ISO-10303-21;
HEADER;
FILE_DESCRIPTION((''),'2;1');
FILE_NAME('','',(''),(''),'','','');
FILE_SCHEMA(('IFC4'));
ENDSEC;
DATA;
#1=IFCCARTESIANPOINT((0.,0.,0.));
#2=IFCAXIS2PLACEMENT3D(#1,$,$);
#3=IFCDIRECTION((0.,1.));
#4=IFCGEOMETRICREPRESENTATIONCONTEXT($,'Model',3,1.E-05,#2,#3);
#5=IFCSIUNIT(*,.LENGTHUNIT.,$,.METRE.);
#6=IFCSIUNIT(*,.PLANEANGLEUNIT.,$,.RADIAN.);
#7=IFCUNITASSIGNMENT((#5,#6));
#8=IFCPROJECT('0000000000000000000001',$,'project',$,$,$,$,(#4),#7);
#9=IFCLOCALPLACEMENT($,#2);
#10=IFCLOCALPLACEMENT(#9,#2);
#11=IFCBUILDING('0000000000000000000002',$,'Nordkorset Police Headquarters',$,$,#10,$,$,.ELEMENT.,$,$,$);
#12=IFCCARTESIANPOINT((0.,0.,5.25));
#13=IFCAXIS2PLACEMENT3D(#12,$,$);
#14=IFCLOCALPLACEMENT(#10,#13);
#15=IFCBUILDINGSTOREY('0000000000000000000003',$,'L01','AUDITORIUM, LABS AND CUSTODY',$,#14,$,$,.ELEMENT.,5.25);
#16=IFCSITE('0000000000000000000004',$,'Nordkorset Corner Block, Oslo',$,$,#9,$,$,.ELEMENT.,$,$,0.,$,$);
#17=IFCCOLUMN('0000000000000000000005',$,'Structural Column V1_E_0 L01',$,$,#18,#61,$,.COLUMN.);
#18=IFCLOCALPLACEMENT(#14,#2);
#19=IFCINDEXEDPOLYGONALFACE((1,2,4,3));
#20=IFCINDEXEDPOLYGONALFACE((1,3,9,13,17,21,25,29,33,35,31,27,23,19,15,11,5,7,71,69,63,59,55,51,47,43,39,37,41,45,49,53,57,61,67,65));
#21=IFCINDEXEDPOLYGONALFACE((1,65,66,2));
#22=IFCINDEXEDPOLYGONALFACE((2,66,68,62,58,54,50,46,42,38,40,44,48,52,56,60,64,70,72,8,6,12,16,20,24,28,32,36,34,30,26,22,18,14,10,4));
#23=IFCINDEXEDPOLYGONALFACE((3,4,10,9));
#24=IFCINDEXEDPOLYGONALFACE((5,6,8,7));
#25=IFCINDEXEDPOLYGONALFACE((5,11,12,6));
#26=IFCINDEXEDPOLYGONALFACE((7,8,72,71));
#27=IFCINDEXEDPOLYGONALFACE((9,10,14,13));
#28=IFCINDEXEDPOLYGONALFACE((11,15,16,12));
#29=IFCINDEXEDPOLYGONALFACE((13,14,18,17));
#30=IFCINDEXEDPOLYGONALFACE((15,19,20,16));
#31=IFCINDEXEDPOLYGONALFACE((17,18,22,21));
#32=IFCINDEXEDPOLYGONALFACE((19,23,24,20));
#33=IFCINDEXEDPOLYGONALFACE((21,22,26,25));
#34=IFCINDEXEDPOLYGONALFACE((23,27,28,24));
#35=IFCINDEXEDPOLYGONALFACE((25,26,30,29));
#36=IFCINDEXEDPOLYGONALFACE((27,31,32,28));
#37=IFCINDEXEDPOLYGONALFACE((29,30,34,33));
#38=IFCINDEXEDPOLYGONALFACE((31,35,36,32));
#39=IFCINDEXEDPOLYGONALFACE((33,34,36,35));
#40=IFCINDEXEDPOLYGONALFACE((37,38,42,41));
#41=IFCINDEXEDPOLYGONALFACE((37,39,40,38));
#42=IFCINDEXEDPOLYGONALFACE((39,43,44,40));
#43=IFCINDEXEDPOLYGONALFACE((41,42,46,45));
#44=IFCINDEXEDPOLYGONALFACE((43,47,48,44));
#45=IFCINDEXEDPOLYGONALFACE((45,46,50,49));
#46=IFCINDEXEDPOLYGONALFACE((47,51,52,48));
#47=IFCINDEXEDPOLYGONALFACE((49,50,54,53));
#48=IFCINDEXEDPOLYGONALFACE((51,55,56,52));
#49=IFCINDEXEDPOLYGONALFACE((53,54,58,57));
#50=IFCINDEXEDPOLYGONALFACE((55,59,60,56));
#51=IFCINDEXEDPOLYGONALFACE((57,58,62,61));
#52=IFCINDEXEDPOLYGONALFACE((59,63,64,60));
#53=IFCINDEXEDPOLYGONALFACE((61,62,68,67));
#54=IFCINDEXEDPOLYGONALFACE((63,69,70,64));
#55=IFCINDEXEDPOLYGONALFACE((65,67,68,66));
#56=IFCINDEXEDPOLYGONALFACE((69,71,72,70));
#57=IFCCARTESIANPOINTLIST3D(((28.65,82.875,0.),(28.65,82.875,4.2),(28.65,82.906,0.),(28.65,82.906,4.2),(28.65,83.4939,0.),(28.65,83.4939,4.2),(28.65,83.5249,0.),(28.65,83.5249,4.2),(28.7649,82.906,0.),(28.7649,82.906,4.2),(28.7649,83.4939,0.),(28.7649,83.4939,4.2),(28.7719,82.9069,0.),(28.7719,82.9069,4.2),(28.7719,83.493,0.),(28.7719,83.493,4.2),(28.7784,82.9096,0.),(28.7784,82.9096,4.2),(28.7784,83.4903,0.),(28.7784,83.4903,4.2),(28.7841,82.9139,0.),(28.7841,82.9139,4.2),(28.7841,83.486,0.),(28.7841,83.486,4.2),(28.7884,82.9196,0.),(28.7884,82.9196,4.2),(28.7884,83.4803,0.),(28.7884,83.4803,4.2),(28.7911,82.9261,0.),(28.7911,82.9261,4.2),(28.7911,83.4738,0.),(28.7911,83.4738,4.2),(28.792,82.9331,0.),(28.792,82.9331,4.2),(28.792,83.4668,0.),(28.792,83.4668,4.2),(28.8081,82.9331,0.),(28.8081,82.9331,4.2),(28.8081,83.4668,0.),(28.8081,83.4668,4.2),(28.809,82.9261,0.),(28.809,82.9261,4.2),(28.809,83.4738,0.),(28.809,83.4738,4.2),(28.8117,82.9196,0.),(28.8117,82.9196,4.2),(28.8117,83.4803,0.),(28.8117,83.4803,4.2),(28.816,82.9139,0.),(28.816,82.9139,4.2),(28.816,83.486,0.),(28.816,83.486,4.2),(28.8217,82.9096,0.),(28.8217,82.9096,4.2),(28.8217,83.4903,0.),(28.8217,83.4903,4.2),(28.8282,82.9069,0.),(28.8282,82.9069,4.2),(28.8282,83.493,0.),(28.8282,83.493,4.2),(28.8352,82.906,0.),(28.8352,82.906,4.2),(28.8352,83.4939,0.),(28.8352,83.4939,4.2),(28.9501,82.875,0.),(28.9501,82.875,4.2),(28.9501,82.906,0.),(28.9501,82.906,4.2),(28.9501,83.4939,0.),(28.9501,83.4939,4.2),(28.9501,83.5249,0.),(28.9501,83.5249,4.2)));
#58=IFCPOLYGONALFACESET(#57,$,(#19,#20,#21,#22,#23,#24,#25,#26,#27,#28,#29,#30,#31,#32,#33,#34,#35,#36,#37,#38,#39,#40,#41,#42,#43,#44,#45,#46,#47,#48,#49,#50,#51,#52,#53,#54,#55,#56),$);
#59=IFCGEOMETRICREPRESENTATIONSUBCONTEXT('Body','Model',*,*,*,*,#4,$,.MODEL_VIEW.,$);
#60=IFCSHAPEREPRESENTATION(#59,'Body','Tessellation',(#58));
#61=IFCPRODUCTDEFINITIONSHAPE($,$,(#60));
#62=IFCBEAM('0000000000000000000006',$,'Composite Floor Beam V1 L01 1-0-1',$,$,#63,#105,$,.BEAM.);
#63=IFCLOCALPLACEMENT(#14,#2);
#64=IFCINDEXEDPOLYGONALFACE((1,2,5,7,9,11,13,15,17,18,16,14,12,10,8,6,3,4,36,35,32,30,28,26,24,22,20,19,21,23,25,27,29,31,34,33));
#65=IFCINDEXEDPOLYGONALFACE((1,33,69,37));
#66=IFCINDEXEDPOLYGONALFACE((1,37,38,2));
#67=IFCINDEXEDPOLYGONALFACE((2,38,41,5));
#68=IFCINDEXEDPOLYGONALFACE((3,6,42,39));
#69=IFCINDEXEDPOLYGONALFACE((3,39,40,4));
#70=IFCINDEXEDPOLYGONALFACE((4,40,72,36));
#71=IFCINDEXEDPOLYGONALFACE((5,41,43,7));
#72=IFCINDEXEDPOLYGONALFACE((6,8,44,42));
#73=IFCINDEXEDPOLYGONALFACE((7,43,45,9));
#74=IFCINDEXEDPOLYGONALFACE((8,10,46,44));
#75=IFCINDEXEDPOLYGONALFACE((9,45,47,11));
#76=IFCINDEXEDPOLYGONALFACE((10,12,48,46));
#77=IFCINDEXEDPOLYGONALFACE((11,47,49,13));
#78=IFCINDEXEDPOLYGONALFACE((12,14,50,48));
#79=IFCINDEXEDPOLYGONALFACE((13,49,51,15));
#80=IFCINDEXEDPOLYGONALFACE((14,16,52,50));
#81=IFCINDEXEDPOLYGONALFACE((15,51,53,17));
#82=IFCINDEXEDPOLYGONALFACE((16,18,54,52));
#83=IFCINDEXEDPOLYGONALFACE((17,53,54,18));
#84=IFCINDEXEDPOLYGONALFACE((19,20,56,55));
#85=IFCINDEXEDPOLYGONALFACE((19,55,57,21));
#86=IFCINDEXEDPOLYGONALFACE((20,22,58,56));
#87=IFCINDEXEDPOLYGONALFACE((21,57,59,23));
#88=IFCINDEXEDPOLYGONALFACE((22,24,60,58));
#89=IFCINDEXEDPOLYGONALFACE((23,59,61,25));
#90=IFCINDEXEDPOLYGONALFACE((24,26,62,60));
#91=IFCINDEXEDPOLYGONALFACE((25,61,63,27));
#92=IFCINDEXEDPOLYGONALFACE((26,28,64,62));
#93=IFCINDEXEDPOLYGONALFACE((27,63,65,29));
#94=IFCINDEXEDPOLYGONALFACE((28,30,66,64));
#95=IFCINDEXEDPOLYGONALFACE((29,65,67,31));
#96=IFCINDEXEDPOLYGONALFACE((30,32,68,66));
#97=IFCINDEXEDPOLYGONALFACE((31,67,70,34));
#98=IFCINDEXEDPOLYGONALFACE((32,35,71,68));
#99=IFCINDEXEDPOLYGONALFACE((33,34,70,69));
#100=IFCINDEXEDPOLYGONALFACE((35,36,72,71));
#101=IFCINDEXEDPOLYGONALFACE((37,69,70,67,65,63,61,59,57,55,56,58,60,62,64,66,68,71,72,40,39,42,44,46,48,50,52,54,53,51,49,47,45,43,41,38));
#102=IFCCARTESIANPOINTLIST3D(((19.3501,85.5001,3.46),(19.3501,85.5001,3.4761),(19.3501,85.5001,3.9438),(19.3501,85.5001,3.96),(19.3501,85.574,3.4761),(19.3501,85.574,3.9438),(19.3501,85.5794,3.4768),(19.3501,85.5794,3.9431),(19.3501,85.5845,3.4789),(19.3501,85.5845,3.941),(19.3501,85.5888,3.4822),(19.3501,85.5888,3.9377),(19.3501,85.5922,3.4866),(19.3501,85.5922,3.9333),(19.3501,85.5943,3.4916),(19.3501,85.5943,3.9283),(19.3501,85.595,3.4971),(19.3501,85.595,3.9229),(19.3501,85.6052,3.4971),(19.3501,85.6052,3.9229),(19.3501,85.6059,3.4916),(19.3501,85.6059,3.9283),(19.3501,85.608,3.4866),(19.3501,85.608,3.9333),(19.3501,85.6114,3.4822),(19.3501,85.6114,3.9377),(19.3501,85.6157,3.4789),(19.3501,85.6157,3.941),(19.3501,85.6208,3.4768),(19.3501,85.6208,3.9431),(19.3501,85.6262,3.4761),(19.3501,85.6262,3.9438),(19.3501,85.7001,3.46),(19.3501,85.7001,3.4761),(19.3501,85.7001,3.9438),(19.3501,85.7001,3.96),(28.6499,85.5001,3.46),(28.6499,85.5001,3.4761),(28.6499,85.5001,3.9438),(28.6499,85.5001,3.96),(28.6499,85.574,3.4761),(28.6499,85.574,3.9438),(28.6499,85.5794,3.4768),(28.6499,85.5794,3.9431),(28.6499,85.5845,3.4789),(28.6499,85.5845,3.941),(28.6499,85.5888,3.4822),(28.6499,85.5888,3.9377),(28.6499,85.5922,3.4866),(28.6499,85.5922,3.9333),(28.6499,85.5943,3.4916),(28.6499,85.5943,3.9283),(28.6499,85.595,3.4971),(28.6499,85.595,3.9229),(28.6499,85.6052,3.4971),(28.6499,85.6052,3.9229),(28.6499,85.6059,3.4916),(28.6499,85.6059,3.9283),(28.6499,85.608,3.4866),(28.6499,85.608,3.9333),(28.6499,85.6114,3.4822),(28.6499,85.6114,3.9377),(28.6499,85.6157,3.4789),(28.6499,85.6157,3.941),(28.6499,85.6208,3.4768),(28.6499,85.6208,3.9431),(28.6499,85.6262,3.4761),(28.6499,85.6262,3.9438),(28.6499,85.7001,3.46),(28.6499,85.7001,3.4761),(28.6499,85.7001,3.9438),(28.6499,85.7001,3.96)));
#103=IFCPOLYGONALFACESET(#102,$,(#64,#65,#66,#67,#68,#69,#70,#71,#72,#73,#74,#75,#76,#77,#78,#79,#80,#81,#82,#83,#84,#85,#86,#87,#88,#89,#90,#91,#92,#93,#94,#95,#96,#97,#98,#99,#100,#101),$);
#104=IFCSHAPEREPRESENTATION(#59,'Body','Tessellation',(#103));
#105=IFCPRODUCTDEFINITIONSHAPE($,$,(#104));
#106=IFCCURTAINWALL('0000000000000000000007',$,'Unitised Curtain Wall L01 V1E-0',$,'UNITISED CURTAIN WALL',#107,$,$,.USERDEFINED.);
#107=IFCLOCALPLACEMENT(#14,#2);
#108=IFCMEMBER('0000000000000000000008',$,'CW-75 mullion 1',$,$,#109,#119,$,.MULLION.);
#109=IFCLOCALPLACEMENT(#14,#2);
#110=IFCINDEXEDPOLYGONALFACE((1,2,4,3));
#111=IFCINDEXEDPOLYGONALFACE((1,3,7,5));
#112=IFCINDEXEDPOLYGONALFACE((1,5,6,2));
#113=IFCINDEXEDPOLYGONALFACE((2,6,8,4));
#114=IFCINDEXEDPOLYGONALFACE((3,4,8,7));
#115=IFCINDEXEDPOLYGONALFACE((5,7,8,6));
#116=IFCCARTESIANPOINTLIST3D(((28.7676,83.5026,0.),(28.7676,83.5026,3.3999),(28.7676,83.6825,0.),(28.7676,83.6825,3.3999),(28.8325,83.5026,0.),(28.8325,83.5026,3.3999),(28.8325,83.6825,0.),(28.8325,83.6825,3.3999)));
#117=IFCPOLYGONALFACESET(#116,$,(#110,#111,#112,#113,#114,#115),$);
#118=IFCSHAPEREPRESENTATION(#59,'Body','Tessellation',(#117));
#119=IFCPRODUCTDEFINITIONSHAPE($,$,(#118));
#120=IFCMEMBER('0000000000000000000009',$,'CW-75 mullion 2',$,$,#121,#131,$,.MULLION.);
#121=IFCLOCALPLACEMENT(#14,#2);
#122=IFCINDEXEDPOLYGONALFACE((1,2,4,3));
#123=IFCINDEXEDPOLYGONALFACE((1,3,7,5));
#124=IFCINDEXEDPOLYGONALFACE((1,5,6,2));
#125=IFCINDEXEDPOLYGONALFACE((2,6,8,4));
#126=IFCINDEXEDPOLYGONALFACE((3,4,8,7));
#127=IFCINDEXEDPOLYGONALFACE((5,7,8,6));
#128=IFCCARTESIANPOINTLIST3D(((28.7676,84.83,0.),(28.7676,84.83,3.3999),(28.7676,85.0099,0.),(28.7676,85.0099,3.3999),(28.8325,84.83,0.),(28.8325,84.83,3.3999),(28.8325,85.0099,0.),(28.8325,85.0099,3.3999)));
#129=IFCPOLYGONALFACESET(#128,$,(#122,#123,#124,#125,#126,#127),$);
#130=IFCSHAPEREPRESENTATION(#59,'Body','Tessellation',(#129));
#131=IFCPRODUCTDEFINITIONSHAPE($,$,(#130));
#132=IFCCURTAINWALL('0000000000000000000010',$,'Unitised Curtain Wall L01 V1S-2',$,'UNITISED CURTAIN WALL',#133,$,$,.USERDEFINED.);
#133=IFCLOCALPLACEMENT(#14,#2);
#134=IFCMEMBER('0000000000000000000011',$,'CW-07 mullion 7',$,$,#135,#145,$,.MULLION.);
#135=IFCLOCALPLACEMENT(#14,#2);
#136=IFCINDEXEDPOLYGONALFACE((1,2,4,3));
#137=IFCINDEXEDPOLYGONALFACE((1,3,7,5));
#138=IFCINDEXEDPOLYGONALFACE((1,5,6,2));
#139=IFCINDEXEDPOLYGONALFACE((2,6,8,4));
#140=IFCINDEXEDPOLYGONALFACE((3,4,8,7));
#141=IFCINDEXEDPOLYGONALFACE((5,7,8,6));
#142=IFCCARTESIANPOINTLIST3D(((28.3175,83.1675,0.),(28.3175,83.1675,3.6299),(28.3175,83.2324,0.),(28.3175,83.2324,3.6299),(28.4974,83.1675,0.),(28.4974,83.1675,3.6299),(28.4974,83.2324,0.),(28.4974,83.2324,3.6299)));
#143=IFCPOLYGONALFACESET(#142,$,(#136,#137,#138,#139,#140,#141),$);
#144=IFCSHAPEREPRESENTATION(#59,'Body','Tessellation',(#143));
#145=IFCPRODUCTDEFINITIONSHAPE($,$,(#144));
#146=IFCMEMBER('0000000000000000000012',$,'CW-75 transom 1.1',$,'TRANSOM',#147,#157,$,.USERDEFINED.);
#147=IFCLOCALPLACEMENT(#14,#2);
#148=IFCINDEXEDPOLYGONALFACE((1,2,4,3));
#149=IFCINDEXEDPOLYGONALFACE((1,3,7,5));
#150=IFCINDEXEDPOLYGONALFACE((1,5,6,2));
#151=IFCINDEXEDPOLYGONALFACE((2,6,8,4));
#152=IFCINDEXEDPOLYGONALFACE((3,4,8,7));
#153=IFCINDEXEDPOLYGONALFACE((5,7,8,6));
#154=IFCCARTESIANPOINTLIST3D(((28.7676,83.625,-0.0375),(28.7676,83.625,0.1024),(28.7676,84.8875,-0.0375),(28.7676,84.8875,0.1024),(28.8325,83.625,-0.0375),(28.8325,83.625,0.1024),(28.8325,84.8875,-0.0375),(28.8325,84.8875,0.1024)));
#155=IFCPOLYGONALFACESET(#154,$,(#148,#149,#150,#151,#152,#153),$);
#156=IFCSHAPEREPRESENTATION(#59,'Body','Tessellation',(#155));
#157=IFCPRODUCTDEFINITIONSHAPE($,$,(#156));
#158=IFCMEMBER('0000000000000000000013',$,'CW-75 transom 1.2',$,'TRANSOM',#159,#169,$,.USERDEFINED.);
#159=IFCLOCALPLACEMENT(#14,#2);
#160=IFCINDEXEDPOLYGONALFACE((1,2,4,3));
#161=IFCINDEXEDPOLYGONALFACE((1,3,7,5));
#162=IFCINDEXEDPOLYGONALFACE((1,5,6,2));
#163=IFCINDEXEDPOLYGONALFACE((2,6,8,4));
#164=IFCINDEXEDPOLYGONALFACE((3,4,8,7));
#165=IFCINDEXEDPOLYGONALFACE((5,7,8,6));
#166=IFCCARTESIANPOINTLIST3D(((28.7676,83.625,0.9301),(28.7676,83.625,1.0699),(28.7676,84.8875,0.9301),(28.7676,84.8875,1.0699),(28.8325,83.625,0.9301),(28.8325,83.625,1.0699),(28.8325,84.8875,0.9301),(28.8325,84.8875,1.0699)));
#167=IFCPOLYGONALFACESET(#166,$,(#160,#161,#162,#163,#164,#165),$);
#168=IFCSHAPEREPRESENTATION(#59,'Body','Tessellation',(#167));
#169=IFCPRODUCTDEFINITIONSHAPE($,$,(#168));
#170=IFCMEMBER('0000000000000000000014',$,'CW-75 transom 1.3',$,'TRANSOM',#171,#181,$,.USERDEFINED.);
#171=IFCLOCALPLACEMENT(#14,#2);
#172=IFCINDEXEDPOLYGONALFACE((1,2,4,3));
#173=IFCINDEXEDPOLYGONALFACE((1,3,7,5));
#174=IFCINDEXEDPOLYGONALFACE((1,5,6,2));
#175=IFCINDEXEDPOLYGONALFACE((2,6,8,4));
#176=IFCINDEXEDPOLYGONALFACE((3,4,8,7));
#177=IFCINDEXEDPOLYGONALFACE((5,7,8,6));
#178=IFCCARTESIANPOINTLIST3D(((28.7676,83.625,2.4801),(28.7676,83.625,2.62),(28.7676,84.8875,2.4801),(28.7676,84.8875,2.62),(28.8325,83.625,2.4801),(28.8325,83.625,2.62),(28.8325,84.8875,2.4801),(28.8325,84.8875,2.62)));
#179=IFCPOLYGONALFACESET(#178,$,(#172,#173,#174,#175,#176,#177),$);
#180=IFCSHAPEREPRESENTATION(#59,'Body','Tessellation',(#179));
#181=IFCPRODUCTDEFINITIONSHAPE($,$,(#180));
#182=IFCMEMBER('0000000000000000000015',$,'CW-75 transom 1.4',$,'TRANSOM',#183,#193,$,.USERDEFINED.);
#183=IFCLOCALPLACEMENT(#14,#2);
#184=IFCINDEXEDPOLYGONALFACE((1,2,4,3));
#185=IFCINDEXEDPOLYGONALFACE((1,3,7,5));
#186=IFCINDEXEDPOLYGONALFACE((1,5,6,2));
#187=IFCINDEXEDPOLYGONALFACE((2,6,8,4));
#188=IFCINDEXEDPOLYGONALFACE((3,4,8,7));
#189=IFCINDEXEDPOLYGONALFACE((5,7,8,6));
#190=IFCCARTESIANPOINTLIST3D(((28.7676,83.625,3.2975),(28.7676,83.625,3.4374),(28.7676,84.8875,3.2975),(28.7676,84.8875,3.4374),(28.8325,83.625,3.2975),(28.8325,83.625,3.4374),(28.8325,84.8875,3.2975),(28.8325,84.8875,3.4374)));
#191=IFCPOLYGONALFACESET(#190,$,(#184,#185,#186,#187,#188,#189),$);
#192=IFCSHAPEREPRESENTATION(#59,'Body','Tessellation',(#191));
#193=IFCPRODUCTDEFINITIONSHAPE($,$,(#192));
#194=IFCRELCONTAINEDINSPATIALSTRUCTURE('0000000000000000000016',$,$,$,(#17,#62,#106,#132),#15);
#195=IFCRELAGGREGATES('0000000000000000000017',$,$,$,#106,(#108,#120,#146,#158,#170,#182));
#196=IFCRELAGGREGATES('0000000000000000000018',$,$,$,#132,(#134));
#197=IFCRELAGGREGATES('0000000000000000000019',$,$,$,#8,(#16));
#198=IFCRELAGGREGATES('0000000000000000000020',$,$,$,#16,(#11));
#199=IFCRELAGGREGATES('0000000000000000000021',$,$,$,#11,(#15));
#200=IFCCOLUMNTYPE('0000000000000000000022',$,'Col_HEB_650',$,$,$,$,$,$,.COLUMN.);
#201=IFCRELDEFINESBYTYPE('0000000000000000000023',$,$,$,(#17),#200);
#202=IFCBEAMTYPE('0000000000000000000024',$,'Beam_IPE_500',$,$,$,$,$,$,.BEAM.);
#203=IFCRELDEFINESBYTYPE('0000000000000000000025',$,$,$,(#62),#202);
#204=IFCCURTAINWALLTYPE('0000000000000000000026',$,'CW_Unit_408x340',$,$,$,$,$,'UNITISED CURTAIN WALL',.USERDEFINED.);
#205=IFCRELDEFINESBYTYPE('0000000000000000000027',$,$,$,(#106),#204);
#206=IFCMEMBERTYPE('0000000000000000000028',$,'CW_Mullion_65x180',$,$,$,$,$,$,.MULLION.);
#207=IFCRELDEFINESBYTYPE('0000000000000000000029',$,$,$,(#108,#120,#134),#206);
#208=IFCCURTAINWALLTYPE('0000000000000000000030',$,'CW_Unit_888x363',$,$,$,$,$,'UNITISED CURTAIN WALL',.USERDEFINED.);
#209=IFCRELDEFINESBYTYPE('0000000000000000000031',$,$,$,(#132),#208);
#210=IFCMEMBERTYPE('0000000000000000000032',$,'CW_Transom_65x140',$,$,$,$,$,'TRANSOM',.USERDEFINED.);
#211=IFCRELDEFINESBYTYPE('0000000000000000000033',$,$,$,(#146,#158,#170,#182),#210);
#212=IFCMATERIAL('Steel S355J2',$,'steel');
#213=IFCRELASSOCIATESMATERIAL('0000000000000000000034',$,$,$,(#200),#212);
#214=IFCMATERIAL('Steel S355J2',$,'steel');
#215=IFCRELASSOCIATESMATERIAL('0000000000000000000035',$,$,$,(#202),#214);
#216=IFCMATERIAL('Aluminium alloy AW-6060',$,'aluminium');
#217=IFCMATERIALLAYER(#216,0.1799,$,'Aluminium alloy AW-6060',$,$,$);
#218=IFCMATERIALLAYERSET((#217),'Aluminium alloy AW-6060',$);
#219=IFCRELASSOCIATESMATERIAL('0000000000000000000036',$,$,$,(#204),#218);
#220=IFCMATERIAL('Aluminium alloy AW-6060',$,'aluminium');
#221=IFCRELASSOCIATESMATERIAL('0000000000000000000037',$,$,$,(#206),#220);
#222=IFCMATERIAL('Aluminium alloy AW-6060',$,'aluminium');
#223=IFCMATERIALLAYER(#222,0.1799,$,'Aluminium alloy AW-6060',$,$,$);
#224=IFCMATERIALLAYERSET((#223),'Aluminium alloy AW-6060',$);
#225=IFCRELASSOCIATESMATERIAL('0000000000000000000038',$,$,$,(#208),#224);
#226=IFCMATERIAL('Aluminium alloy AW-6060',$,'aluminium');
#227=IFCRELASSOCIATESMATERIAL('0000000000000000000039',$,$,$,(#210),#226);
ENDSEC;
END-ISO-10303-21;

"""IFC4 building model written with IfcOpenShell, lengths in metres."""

from ifc_helpers import new_model, si_unit, direction, frame, origin, origin_2d, place, context, subcontext, project, spatial, rectangle, i_section, extrude, material, layer, layer_set, material_profile, profile_set, type_object, element, aggregate, save


model = new_model("IFC4")

# Units and contexts
model_context = context("Model", 3, precision=1e-05, world=origin(), true_north=direction((0.0, 1.0)))
body_context = subcontext(model_context, "Body", "Model", "MODEL_VIEW")
ifc_project = project(units=[si_unit("LENGTHUNIT", "METRE"), si_unit("PLANEANGLEUNIT", "RADIAN")], contexts=[model_context])

# Site, building, storey
site_placement = place(None, origin())
site = spatial("IfcSite", under=ifc_project, at=site_placement, Name="Nordkorset Corner Block, Oslo", CompositionType="ELEMENT", RefElevation=0.0)
building_placement = place(site_placement, origin())
building = spatial("IfcBuilding", under=site, at=building_placement, Name="Nordkorset Police Headquarters", CompositionType="ELEMENT")
storey_placement = place(building_placement, frame((0.0, 0.0, 5.25)))
storey = spatial("IfcBuildingStorey", under=building, at=storey_placement, Name="L01", Description="AUDITORIUM, LABS AND CUSTODY", CompositionType="ELEMENT", Elevation=5.25)

# Column
ifc_material_1 = material(Name="Steel S355J2", Category="steel")
ifc_material_profile_1 = material_profile(ifc_material_1, i_section(OverallWidth=0.3, OverallDepth=0.6499, WebThickness=0.0161, FlangeThickness=0.031, FilletRadius=0.0271, at=origin_2d()), Name="HEB 650")
ifc_profile_set_1 = profile_set([ifc_material_profile_1], Name="Steel S355J2")
column_type = type_object("IfcColumnType", Name="Col_HEB_650", PredefinedType="COLUMN", material=ifc_profile_set_1)
column_placement = place(storey_placement, frame((28.8, 83.2, 0.0), z_axis=(0.0, 0.0, 1.0), x_axis=(1.0, 0.0, 0.0)))
element("IfcColumn", 1, at=column_placement, inside=storey, type_object=column_type, Name="Structural Column V1_E_0 L01", PredefinedType="COLUMN", context=body_context, shape_type="SweptSolid", body=[
    extrude(i_section(OverallWidth=0.3, OverallDepth=0.6499, WebThickness=0.0161, FlangeThickness=0.031, FilletRadius=0.0271, at=origin_2d()), origin(), (0.0, 0.0, 1.0), 4.2),
])

# Beam
ifc_material_2 = material(Name="Steel S355J2", Category="steel")
ifc_material_profile_2 = material_profile(ifc_material_2, i_section(OverallWidth=0.2, OverallDepth=0.5, WebThickness=0.0103, FlangeThickness=0.0161, FilletRadius=0.021, at=origin_2d()), Name="IPE 500")
ifc_profile_set_2 = profile_set([ifc_material_profile_2], Name="Steel S355J2")
beam_type_1 = type_object("IfcBeamType", Name="Beam_IPE_500", PredefinedType="BEAM", material=ifc_profile_set_2)
beam_placement = place(storey_placement, frame((19.3501, 85.6001, 3.71), z_axis=(1.0, 0.0, 0.0), x_axis=(0.0, 1.0, 0.0)))
element("IfcBeam", 2, at=beam_placement, inside=storey, type_object=beam_type_1, Name="Composite Floor Beam V1 L01 1-0-1", PredefinedType="BEAM", context=body_context, shape_type="SweptSolid", body=[
    extrude(i_section(OverallWidth=0.2, OverallDepth=0.5, WebThickness=0.0103, FlangeThickness=0.0161, FilletRadius=0.021, at=origin_2d()), origin(), (0.0, 0.0, 1.0), 9.2998),
])

# Curtain wall, members
ifc_material_3 = material(Name="Aluminium alloy AW-6060", Category="aluminium")
ifc_layer_1 = layer(ifc_material_3, 0.1799, Name="Aluminium alloy AW-6060")
ifc_layer_set_1 = layer_set([ifc_layer_1], Name="Aluminium alloy AW-6060")
curtain_wall_type_1 = type_object("IfcCurtainWallType", Name="CW_Unit_408x340", ElementType="UNITISED CURTAIN WALL", PredefinedType="USERDEFINED", material=ifc_layer_set_1)
curtain_wall_1_placement = place(storey_placement, origin())
curtain_wall_1 = element("IfcCurtainWall", 3, at=curtain_wall_1_placement, inside=storey, type_object=curtain_wall_type_1, Name="Unitised Curtain Wall L01 V1E-0", ObjectType="UNITISED CURTAIN WALL", PredefinedType="USERDEFINED")
ifc_material_4 = material(Name="Aluminium alloy AW-6060", Category="aluminium")
ifc_material_profile_3 = material_profile(ifc_material_4, rectangle(XDim=0.0649, YDim=0.1799, at=origin_2d()), Name="ALU MULL 65x180")
ifc_profile_set_3 = profile_set([ifc_material_profile_3], Name="Aluminium alloy AW-6060")
member_type_1 = type_object("IfcMemberType", Name="CW_Mullion_65x180", PredefinedType="MULLION", material=ifc_profile_set_3)
member_1_placement = place(storey_placement, frame((28.8, 83.5925, 0.0), z_axis=(0.0, 0.0, 1.0), x_axis=(-1.0, 0.0, 0.0)))
member_1 = element("IfcMember", 4, at=member_1_placement, type_object=member_type_1, Name="CW-75 mullion 1", PredefinedType="MULLION", context=body_context, shape_type="SweptSolid", body=[
    extrude(rectangle(XDim=0.0649, YDim=0.1799, at=origin_2d()), origin(), (0.0, 0.0, 1.0), 3.3999),
])
member_2_placement = place(storey_placement, frame((28.8, 84.9199, 0.0), z_axis=(0.0, 0.0, 1.0), x_axis=(-1.0, 0.0, 0.0)))
member_2 = element("IfcMember", 5, at=member_2_placement, type_object=member_type_1, Name="CW-75 mullion 2", PredefinedType="MULLION", context=body_context, shape_type="SweptSolid", body=[
    extrude(rectangle(XDim=0.0649, YDim=0.1799, at=origin_2d()), origin(), (0.0, 0.0, 1.0), 3.3999),
])

# Curtain wall, member
ifc_material_5 = material(Name="Aluminium alloy AW-6060", Category="aluminium")
ifc_layer_2 = layer(ifc_material_5, 0.1799, Name="Aluminium alloy AW-6060")
ifc_layer_set_2 = layer_set([ifc_layer_2], Name="Aluminium alloy AW-6060")
curtain_wall_type_2 = type_object("IfcCurtainWallType", Name="CW_Unit_888x363", ElementType="UNITISED CURTAIN WALL", PredefinedType="USERDEFINED", material=ifc_layer_set_2)
curtain_wall_2_placement = place(storey_placement, origin())
curtain_wall_2 = element("IfcCurtainWall", 6, at=curtain_wall_2_placement, inside=storey, type_object=curtain_wall_type_2, Name="Unitised Curtain Wall L01 V1S-2", ObjectType="UNITISED CURTAIN WALL", PredefinedType="USERDEFINED")
member_3_placement = place(storey_placement, frame((28.4075, 83.2, 0.0), z_axis=(0.0, 0.0, 1.0), x_axis=(0.0, 1.0, 0.0)))
member_3 = element("IfcMember", 7, at=member_3_placement, type_object=member_type_1, Name="CW-07 mullion 7", PredefinedType="MULLION", context=body_context, shape_type="SweptSolid", body=[
    extrude(rectangle(XDim=0.0649, YDim=0.1799, at=origin_2d()), origin(), (0.0, 0.0, 1.0), 3.6299),
])

# Members
ifc_material_6 = material(Name="Aluminium alloy AW-6060", Category="aluminium")
ifc_material_profile_4 = material_profile(ifc_material_6, rectangle(XDim=0.0649, YDim=0.1399, at=origin_2d()), Name="ALU TRAN 65x140")
ifc_profile_set_4 = profile_set([ifc_material_profile_4], Name="Aluminium alloy AW-6060")
member_type_2 = type_object("IfcMemberType", Name="CW_Transom_65x140", ElementType="TRANSOM", PredefinedType="USERDEFINED", material=ifc_profile_set_4)
member_4_placement = place(storey_placement, frame((28.8, 83.625, 0.0325), z_axis=(0.0, 1.0, 0.0), x_axis=(-1.0, 0.0, 0.0)))
member_4 = element("IfcMember", 8, at=member_4_placement, type_object=member_type_2, Name="CW-75 transom 1.1", ObjectType="TRANSOM", PredefinedType="USERDEFINED", context=body_context, shape_type="SweptSolid", body=[
    extrude(rectangle(XDim=0.0649, YDim=0.1399, at=origin_2d()), origin(), (0.0, 0.0, 1.0), 1.2625),
])
member_5_placement = place(storey_placement, frame((28.8, 83.625, 1.0), z_axis=(0.0, 1.0, 0.0), x_axis=(-1.0, 0.0, 0.0)))
member_5 = element("IfcMember", 9, at=member_5_placement, type_object=member_type_2, Name="CW-75 transom 1.2", ObjectType="TRANSOM", PredefinedType="USERDEFINED", context=body_context, shape_type="SweptSolid", body=[
    extrude(rectangle(XDim=0.0649, YDim=0.1399, at=origin_2d()), origin(), (0.0, 0.0, 1.0), 1.2625),
])
member_6_placement = place(storey_placement, frame((28.8, 83.625, 2.55), z_axis=(0.0, 1.0, 0.0), x_axis=(-1.0, 0.0, 0.0)))
member_6 = element("IfcMember", 10, at=member_6_placement, type_object=member_type_2, Name="CW-75 transom 1.3", ObjectType="TRANSOM", PredefinedType="USERDEFINED", context=body_context, shape_type="SweptSolid", body=[
    extrude(rectangle(XDim=0.0649, YDim=0.1399, at=origin_2d()), origin(), (0.0, 0.0, 1.0), 1.2625),
])
member_7_placement = place(storey_placement, frame((28.8, 83.625, 3.3674), z_axis=(0.0, 1.0, 0.0), x_axis=(-1.0, 0.0, 0.0)))
member_7 = element("IfcMember", 11, at=member_7_placement, type_object=member_type_2, Name="CW-75 transom 1.4", ObjectType="TRANSOM", PredefinedType="USERDEFINED", context=body_context, shape_type="SweptSolid", body=[
    extrude(rectangle(XDim=0.0649, YDim=0.1399, at=origin_2d()), origin(), (0.0, 0.0, 1.0), 1.2625),
])

aggregate(curtain_wall_1, [member_1, member_2, member_4, member_5, member_6, member_7])
aggregate(curtain_wall_2, [member_3])

save(model, "model.ifc")
